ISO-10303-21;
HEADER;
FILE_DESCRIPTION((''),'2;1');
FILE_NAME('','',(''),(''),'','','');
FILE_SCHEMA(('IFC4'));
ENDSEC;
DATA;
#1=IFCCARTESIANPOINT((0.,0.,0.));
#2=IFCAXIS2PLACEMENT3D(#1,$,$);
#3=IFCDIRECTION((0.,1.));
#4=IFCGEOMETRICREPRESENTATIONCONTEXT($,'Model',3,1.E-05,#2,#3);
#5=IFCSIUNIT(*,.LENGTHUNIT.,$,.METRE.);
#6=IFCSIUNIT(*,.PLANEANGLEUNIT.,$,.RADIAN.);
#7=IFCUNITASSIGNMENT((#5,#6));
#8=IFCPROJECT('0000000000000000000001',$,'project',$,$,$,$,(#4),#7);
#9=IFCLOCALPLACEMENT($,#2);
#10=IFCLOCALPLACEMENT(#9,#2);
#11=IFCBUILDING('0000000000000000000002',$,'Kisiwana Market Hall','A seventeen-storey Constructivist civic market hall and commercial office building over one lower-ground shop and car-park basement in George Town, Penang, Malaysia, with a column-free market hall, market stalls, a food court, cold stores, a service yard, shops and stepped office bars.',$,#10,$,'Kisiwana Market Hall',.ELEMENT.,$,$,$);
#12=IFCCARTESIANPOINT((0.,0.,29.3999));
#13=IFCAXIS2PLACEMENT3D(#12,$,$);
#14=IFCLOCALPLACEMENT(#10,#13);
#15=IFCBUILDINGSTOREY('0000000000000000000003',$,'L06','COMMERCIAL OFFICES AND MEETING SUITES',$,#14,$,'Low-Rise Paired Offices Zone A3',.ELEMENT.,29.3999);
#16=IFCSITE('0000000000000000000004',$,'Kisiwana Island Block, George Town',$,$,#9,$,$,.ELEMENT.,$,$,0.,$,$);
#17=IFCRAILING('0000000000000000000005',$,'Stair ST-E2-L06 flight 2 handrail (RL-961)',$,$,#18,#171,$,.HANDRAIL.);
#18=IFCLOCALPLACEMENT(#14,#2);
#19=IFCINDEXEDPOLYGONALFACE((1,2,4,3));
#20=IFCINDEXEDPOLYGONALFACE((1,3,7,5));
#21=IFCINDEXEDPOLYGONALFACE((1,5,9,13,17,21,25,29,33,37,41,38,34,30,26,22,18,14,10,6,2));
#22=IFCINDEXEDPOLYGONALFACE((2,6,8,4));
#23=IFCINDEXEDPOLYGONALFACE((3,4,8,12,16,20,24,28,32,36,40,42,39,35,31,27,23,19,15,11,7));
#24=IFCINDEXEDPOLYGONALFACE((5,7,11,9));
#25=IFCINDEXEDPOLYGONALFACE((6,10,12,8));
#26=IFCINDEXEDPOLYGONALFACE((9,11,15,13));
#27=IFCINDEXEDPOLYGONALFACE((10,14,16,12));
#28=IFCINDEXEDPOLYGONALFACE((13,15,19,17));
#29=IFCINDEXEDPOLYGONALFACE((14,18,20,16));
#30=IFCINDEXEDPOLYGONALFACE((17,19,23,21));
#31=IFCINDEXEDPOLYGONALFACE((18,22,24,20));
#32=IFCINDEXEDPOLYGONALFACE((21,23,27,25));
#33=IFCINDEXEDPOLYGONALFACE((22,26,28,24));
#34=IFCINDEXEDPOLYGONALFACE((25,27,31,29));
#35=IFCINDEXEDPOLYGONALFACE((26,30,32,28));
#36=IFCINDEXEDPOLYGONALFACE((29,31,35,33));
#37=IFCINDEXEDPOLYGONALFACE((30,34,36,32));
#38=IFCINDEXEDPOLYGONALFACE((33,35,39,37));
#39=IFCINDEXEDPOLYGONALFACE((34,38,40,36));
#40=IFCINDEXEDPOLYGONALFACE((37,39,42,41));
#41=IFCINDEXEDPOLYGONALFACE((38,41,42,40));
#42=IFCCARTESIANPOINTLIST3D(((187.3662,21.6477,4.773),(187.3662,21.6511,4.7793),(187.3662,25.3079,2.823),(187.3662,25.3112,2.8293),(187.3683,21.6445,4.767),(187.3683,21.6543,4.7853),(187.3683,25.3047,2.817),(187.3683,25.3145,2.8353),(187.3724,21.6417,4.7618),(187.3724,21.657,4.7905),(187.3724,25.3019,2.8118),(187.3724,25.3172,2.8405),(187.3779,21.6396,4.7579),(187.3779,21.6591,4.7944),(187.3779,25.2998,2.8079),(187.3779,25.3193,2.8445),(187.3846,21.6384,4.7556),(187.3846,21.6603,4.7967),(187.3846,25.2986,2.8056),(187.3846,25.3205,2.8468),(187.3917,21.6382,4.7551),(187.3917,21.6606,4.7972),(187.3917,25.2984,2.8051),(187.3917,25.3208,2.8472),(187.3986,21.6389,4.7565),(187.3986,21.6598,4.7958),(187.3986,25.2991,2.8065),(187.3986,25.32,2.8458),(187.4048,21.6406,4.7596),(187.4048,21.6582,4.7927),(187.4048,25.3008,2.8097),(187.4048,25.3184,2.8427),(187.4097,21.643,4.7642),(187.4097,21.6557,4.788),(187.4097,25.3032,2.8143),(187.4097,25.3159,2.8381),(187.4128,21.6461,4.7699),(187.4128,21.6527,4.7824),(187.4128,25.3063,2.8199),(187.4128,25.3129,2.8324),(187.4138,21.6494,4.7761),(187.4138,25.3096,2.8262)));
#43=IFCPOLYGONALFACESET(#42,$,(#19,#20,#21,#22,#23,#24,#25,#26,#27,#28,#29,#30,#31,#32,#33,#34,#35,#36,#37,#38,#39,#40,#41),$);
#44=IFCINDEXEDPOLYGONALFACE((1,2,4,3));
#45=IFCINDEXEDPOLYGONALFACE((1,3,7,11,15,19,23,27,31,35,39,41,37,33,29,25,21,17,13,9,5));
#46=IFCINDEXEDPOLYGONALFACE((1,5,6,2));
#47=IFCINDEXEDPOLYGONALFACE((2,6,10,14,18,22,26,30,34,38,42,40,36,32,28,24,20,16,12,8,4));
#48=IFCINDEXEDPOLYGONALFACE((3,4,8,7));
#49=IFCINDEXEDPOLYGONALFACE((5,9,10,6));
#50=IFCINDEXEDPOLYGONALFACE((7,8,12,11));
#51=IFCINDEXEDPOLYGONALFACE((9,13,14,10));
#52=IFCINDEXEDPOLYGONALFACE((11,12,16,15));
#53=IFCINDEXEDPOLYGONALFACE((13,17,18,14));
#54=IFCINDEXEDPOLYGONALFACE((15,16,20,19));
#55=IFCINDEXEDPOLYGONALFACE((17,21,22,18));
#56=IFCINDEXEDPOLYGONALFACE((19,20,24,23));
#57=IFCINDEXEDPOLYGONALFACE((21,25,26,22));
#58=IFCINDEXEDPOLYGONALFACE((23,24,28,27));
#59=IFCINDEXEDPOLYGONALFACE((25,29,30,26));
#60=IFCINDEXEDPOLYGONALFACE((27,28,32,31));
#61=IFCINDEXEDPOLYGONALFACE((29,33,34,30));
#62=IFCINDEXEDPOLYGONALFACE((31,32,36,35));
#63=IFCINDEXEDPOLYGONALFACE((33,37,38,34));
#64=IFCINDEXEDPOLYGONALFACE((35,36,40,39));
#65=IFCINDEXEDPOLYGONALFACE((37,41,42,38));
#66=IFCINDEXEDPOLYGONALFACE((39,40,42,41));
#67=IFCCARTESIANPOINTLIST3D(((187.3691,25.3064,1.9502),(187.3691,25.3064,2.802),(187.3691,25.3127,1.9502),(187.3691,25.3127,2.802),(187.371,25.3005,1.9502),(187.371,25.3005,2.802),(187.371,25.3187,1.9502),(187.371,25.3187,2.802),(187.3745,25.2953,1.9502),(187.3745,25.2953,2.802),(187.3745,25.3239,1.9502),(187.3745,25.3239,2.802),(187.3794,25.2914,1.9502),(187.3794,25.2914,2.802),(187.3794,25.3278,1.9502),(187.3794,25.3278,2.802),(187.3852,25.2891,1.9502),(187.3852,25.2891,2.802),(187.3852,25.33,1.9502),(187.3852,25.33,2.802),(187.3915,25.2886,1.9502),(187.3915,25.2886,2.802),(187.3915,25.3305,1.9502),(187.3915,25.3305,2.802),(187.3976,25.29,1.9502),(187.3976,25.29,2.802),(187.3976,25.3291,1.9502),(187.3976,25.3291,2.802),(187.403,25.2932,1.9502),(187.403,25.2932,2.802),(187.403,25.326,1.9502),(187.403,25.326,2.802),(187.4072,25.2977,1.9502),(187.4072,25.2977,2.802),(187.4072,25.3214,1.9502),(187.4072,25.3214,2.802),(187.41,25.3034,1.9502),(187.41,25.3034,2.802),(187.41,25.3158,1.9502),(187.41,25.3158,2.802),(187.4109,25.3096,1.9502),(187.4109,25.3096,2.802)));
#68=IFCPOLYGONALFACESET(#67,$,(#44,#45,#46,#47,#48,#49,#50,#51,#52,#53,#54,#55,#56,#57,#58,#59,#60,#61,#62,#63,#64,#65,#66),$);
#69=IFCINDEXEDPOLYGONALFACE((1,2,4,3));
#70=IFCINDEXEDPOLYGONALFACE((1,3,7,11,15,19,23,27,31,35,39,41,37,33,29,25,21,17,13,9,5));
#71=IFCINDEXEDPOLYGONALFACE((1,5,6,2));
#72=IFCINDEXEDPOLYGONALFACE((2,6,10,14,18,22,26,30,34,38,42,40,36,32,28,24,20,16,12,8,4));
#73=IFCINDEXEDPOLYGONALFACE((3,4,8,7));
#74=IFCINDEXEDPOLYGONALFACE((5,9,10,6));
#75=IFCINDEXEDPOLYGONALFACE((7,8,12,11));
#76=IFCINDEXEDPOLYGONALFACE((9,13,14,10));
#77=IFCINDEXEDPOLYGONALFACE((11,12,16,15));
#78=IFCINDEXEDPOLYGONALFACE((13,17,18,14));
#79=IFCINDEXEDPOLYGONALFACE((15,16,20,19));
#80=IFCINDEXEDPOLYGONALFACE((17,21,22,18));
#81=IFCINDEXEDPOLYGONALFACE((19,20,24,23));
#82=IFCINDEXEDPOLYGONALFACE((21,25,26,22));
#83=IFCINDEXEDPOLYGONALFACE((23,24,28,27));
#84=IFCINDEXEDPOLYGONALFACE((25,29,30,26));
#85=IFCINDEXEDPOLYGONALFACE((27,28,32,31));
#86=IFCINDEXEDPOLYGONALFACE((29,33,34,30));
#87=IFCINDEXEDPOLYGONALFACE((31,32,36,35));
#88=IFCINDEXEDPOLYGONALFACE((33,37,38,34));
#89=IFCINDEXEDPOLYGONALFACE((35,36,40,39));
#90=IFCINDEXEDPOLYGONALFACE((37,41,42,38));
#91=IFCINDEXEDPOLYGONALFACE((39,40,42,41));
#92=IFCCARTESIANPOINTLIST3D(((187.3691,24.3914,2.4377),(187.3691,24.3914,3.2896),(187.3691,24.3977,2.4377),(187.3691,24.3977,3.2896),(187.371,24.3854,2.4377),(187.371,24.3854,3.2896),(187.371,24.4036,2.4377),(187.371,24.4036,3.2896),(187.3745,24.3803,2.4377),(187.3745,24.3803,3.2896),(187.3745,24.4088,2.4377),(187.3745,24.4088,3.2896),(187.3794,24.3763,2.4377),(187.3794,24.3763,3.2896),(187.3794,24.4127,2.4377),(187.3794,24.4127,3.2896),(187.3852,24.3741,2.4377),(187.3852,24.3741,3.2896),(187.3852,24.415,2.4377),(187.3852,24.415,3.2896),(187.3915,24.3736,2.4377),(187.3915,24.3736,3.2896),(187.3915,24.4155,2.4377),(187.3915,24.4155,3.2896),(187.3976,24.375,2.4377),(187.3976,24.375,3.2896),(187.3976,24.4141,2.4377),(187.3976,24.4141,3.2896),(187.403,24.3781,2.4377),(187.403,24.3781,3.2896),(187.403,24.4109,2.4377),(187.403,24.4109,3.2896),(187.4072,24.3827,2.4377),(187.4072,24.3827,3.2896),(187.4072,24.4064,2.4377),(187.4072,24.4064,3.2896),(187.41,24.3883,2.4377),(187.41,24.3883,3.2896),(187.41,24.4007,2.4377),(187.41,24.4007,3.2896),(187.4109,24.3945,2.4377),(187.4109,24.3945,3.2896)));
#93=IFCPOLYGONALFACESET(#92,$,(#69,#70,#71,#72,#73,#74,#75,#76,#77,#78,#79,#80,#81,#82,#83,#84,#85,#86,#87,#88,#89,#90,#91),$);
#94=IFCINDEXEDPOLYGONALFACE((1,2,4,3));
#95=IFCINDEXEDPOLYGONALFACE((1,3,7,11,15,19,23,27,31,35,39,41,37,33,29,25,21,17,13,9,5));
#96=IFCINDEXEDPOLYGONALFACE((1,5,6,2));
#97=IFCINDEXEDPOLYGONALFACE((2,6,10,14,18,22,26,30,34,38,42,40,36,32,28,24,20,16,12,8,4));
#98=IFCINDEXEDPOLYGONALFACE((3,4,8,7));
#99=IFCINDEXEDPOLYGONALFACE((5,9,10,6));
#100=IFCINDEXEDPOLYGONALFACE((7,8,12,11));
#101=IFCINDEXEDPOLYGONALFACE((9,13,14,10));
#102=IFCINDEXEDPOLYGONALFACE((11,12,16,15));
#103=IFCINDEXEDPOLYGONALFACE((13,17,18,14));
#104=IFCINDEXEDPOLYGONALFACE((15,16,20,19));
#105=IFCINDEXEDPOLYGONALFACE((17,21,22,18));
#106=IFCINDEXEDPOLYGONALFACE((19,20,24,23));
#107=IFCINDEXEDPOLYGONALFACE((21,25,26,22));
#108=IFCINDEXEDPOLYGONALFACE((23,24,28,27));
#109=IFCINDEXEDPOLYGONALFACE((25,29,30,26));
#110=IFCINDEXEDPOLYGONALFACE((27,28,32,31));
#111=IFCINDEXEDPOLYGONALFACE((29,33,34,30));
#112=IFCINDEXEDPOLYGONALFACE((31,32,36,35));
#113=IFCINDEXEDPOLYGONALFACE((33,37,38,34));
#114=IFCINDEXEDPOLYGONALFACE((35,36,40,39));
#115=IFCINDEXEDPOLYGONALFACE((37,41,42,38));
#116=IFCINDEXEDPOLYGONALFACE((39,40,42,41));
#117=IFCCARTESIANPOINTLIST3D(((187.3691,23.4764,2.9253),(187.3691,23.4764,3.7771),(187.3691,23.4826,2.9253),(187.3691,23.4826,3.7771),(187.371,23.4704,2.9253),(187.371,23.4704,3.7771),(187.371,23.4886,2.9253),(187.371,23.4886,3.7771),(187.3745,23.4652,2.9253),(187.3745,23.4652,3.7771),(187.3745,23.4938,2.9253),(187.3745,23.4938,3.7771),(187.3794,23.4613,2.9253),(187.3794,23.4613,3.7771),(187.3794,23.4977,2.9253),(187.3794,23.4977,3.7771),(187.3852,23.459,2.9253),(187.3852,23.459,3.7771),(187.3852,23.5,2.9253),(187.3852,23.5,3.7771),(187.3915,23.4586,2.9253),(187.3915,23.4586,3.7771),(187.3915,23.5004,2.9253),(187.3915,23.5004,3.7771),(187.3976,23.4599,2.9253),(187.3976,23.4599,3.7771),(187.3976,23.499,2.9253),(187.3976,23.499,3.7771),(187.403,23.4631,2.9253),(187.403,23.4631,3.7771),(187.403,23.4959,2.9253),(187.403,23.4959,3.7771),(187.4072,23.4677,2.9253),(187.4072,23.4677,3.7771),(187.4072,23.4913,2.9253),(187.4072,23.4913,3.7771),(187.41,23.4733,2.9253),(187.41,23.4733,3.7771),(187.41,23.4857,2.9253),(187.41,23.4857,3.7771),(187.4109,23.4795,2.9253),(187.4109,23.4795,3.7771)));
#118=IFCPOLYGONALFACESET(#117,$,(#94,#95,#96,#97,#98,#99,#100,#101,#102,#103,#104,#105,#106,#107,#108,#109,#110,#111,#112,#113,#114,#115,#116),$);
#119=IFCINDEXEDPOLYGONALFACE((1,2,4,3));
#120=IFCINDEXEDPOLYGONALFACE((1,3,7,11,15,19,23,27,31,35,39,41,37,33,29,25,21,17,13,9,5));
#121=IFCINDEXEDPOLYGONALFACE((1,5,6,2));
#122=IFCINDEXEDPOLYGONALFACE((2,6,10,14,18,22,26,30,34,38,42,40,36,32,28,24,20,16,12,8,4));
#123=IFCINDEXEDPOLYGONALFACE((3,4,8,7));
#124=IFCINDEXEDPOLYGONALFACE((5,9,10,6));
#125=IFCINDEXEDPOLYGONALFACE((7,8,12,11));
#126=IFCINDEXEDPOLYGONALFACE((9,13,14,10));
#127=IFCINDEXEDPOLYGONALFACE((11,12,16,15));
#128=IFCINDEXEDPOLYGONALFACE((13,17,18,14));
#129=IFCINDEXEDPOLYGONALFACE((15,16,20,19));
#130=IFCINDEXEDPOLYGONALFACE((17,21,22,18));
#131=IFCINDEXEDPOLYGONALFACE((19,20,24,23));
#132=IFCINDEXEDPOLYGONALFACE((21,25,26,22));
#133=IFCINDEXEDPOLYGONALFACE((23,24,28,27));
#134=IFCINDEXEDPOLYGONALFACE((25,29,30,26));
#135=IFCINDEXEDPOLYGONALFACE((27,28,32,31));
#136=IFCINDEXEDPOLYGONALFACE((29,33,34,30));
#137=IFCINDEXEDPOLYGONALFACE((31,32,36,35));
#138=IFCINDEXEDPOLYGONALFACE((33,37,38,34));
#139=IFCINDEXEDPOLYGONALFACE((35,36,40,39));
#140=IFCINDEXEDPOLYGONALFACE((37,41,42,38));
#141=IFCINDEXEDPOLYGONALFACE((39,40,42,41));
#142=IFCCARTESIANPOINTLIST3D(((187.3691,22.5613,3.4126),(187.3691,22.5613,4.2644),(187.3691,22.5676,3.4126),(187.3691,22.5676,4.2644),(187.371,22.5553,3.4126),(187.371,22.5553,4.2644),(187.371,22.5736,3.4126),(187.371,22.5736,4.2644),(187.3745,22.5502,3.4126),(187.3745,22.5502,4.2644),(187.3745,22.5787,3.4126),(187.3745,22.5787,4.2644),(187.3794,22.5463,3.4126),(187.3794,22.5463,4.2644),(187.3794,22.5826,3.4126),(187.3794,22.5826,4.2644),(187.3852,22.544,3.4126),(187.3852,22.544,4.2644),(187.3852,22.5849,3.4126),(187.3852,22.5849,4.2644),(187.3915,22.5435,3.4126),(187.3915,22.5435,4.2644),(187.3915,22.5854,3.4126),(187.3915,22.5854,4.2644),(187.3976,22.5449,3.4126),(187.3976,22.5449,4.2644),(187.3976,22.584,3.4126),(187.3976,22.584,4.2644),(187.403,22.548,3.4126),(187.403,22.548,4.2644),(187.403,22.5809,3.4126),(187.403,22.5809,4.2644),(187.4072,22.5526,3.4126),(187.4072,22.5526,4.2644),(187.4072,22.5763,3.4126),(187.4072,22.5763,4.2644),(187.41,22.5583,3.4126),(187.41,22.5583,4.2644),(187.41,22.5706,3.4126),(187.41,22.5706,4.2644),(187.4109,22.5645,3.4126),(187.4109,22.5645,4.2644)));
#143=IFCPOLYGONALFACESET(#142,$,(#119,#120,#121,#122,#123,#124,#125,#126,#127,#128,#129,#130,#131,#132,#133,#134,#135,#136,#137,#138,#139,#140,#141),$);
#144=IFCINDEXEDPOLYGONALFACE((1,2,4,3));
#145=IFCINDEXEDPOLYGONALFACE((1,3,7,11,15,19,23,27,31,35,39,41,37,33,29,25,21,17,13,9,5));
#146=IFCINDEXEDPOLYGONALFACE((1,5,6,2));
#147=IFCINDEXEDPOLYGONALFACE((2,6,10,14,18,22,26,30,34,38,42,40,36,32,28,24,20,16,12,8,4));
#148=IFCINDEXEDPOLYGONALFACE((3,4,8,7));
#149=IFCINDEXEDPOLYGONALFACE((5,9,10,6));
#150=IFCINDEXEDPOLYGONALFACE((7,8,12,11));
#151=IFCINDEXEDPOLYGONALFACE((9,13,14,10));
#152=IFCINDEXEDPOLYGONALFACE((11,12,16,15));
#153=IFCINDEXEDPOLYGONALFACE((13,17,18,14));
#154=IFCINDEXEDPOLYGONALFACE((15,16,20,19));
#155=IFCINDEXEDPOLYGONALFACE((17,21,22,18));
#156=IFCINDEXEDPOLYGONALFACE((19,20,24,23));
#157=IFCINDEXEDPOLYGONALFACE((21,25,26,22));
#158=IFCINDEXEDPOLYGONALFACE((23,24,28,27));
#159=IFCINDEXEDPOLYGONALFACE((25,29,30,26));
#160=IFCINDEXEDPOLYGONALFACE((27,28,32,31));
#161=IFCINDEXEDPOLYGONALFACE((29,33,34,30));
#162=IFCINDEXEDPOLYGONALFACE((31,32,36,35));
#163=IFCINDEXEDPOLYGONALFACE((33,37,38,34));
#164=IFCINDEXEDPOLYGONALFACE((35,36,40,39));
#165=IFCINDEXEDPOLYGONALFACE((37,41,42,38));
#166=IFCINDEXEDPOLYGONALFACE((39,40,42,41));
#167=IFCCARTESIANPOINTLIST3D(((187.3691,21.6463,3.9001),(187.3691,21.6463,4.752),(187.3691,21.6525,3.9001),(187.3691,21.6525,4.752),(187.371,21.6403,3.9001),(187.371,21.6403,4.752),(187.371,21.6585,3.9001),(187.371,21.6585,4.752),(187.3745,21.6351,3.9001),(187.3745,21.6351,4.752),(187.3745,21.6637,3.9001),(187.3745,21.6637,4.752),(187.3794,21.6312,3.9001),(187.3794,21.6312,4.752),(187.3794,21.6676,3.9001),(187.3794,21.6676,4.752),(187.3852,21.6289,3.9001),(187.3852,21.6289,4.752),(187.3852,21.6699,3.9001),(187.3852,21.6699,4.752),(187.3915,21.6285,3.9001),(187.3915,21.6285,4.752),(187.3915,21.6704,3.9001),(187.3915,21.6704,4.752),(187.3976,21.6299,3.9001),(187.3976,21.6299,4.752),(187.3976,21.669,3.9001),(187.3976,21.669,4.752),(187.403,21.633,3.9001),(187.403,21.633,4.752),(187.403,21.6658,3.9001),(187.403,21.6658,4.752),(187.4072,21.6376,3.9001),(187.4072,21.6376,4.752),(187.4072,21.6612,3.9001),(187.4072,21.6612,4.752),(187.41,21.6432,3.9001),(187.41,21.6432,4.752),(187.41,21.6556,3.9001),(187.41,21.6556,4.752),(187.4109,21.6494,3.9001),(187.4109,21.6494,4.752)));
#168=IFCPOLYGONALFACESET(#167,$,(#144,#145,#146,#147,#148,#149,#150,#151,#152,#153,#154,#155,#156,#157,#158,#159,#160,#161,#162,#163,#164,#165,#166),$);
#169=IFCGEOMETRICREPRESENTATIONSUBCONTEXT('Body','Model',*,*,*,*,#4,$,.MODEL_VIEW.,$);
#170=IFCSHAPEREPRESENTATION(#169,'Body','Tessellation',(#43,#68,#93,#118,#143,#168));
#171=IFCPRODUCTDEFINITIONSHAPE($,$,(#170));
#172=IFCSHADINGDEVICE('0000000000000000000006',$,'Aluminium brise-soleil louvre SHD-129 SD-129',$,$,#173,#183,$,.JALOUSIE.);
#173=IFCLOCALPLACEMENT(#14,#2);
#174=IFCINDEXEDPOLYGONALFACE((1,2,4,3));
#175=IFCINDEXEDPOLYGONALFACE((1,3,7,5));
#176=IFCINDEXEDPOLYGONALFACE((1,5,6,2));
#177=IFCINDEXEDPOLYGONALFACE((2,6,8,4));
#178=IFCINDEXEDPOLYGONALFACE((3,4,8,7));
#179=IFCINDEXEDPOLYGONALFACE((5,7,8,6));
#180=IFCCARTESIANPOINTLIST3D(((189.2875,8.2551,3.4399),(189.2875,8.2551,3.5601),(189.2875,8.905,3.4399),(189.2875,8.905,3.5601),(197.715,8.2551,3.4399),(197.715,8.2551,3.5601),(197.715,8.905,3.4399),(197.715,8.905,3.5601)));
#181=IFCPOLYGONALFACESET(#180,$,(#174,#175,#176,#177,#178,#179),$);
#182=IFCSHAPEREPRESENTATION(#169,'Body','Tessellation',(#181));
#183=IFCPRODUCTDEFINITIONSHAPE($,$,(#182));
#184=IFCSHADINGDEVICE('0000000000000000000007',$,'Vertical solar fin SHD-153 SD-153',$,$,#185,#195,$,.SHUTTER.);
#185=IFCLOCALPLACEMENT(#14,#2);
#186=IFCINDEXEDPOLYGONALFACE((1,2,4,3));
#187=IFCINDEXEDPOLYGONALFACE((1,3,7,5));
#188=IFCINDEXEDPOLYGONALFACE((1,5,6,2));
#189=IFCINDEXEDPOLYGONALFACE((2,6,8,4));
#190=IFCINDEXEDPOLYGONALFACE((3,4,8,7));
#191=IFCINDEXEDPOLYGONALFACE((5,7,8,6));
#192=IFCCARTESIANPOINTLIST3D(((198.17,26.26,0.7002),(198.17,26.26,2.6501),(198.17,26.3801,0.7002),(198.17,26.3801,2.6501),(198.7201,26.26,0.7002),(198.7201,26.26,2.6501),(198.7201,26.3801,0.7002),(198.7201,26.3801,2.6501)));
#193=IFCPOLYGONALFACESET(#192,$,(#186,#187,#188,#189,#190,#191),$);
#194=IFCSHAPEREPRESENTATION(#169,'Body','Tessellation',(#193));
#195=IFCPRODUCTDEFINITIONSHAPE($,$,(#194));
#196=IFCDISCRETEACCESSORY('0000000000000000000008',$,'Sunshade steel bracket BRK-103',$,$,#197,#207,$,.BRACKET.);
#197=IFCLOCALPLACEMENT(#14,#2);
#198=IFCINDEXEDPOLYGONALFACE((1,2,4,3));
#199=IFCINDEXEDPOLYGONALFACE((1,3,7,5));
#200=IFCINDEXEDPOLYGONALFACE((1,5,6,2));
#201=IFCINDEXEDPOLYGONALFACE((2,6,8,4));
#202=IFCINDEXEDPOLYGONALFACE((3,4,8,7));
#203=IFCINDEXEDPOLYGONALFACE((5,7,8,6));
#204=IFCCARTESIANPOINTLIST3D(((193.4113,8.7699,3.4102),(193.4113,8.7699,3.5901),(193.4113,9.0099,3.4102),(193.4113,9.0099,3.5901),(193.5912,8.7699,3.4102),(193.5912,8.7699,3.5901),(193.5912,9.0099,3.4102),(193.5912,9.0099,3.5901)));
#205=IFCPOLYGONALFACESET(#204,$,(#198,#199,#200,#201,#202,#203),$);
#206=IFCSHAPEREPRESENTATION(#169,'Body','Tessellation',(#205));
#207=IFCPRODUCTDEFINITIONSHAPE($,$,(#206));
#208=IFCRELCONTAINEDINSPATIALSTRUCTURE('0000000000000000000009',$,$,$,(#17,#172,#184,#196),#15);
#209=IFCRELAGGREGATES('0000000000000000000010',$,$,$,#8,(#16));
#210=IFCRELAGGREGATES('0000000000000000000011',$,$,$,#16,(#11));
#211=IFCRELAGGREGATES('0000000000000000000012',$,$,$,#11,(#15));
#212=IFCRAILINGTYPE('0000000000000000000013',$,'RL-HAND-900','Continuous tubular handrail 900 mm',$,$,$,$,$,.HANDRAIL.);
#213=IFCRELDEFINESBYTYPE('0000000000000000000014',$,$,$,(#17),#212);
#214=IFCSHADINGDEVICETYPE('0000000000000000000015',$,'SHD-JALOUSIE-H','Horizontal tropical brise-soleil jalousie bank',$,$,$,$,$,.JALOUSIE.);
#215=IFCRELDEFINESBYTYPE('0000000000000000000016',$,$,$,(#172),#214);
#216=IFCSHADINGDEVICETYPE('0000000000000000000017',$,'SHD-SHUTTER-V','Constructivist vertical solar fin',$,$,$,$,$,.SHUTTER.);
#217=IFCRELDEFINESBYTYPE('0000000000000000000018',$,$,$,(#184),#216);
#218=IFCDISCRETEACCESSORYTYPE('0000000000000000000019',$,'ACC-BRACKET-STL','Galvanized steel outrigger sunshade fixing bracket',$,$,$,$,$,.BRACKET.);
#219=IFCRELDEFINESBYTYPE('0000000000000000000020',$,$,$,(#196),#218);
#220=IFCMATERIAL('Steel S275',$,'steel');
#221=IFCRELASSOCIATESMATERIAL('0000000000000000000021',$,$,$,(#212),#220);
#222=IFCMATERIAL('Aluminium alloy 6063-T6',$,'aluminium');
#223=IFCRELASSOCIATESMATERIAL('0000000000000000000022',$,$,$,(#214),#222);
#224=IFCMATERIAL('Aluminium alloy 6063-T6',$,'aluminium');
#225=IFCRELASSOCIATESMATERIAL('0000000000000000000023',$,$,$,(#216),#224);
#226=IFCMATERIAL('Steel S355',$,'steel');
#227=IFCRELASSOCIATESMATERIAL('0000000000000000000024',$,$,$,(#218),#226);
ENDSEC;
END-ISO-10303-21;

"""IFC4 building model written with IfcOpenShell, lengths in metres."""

from ifc_helpers import new_model, si_unit, direction, frame, origin, origin_2d, place, context, subcontext, project, spatial, rectangle, circle, extrude, material, type_object, element, save


model = new_model("IFC4")

# Units and contexts
model_context = context("Model", 3, precision=1e-05, world=origin(), true_north=direction((0.0, 1.0)))
body_context = subcontext(model_context, "Body", "Model", "MODEL_VIEW")
ifc_project = project(units=[si_unit("LENGTHUNIT", "METRE"), si_unit("PLANEANGLEUNIT", "RADIAN")], contexts=[model_context])

# Site, building, storey
site_placement = place(None, origin())
site = spatial("IfcSite", under=ifc_project, at=site_placement, Name="Kisiwana Island Block, George Town", CompositionType="ELEMENT", RefElevation=0.0)
building_placement = place(site_placement, origin())
building = spatial("IfcBuilding", under=site, at=building_placement, Name="Kisiwana Market Hall", Description="A seventeen-storey Constructivist civic market hall and commercial office building over one lower-ground shop and car-park basement in George Town, Penang, Malaysia, with a column-free market hall, market stalls, a food court, cold stores, a service yard, shops and stepped office bars.", LongName="Kisiwana Market Hall", CompositionType="ELEMENT")
storey_placement = place(building_placement, frame((0.0, 0.0, 29.3999)))
storey = spatial("IfcBuildingStorey", under=building, at=storey_placement, Name="L06", Description="COMMERCIAL OFFICES AND MEETING SUITES", LongName="Low-Rise Paired Offices Zone A3", CompositionType="ELEMENT", Elevation=29.3999)

# Railing
ifc_material_1 = material(Name="Steel S275", Category="steel")
railing_type_1 = type_object("IfcRailingType", Name="RL-HAND-900", Description="Continuous tubular handrail 900 mm", PredefinedType="HANDRAIL", material=ifc_material_1)
railing_1_placement = place(storey_placement, frame((187.3899, 25.3096, 1.9502)))
element("IfcRailing", 1, at=railing_1_placement, inside=storey, type_object=railing_type_1, Name="Stair ST-E2-L06 flight 2 handrail (RL-961)", PredefinedType="HANDRAIL", context=body_context, shape_type="SweptSolid", body=[
    extrude(circle(Radius=0.0239, at=origin_2d()), frame((0.0, 0.0, 0.876), z_axis=(0.0, -0.882566, 0.470188), x_axis=(1.0, 0.0, 0.0)), (0.0, 0.0, 1.0), 4.1472),
    extrude(circle(Radius=0.021, at=origin_2d()), origin(), (0.0, 0.0, 1.0), 0.8518),
    extrude(circle(Radius=0.021, at=origin_2d()), frame((0.0, -0.915, 0.4875)), (0.0, 0.0, 1.0), 0.8518),
    extrude(circle(Radius=0.021, at=origin_2d()), frame((0.0, -1.8301, 0.9751)), (0.0, 0.0, 1.0), 0.8518),
    extrude(circle(Radius=0.021, at=origin_2d()), frame((0.0, -2.7451, 1.4624)), (0.0, 0.0, 1.0), 0.8518),
    extrude(circle(Radius=0.021, at=origin_2d()), frame((0.0, -3.6602, 1.95)), (0.0, 0.0, 1.0), 0.8518),
])

# Shading devices
ifc_material_2 = material(Name="Aluminium alloy 6063-T6", Category="aluminium")
shading_device_type_1 = type_object("IfcShadingDeviceType", Name="SHD-JALOUSIE-H", Description="Horizontal tropical brise-soleil jalousie bank", PredefinedType="JALOUSIE", material=ifc_material_2)
shading_device_1_placement = place(storey_placement, frame((193.5012, 8.5801, 3.4399), z_axis=(0.0, 0.0, 1.0), x_axis=(1.0, 0.0, 0.0)))
element("IfcShadingDevice", 2, at=shading_device_1_placement, inside=storey, type_object=shading_device_type_1, Name="Aluminium brise-soleil louvre SHD-129 SD-129", PredefinedType="JALOUSIE", context=body_context, shape_type="SweptSolid", body=[
    extrude(rectangle(XDim=8.4275, YDim=0.6499, at=origin_2d()), origin(), (0.0, 0.0, 1.0), 0.1201),
])
ifc_material_3 = material(Name="Aluminium alloy 6063-T6", Category="aluminium")
shading_device_type_2 = type_object("IfcShadingDeviceType", Name="SHD-SHUTTER-V", Description="Constructivist vertical solar fin", PredefinedType="SHUTTER", material=ifc_material_3)
shading_device_2_placement = place(storey_placement, frame((198.4451, 26.3201, 0.7002), z_axis=(0.0, 0.0, 1.0), x_axis=(0.0, 1.0, 0.0)))
element("IfcShadingDevice", 3, at=shading_device_2_placement, inside=storey, type_object=shading_device_type_2, Name="Vertical solar fin SHD-153 SD-153", PredefinedType="SHUTTER", context=body_context, shape_type="SweptSolid", body=[
    extrude(rectangle(XDim=0.1201, YDim=0.55, at=origin_2d()), origin(), (0.0, 0.0, 1.0), 1.95),
])

# Discrete accessory
ifc_material_4 = material(Name="Steel S355", Category="steel")
discrete_accessory_type = type_object("IfcDiscreteAccessoryType", Name="ACC-BRACKET-STL", Description="Galvanized steel outrigger sunshade fixing bracket", PredefinedType="BRACKET", material=ifc_material_4)
discrete_accessory_placement = place(storey_placement, frame((193.5012, 8.8899, 3.4102), z_axis=(0.0, 0.0, 1.0), x_axis=(1.0, 0.0, 0.0)))
element("IfcDiscreteAccessory", 4, at=discrete_accessory_placement, inside=storey, type_object=discrete_accessory_type, Name="Sunshade steel bracket BRK-103", PredefinedType="BRACKET", context=body_context, shape_type="SweptSolid", body=[
    extrude(rectangle(XDim=0.1799, YDim=0.24, at=origin_2d()), origin(), (0.0, 0.0, 1.0), 0.1799),
])

save(model, "model.ifc")
